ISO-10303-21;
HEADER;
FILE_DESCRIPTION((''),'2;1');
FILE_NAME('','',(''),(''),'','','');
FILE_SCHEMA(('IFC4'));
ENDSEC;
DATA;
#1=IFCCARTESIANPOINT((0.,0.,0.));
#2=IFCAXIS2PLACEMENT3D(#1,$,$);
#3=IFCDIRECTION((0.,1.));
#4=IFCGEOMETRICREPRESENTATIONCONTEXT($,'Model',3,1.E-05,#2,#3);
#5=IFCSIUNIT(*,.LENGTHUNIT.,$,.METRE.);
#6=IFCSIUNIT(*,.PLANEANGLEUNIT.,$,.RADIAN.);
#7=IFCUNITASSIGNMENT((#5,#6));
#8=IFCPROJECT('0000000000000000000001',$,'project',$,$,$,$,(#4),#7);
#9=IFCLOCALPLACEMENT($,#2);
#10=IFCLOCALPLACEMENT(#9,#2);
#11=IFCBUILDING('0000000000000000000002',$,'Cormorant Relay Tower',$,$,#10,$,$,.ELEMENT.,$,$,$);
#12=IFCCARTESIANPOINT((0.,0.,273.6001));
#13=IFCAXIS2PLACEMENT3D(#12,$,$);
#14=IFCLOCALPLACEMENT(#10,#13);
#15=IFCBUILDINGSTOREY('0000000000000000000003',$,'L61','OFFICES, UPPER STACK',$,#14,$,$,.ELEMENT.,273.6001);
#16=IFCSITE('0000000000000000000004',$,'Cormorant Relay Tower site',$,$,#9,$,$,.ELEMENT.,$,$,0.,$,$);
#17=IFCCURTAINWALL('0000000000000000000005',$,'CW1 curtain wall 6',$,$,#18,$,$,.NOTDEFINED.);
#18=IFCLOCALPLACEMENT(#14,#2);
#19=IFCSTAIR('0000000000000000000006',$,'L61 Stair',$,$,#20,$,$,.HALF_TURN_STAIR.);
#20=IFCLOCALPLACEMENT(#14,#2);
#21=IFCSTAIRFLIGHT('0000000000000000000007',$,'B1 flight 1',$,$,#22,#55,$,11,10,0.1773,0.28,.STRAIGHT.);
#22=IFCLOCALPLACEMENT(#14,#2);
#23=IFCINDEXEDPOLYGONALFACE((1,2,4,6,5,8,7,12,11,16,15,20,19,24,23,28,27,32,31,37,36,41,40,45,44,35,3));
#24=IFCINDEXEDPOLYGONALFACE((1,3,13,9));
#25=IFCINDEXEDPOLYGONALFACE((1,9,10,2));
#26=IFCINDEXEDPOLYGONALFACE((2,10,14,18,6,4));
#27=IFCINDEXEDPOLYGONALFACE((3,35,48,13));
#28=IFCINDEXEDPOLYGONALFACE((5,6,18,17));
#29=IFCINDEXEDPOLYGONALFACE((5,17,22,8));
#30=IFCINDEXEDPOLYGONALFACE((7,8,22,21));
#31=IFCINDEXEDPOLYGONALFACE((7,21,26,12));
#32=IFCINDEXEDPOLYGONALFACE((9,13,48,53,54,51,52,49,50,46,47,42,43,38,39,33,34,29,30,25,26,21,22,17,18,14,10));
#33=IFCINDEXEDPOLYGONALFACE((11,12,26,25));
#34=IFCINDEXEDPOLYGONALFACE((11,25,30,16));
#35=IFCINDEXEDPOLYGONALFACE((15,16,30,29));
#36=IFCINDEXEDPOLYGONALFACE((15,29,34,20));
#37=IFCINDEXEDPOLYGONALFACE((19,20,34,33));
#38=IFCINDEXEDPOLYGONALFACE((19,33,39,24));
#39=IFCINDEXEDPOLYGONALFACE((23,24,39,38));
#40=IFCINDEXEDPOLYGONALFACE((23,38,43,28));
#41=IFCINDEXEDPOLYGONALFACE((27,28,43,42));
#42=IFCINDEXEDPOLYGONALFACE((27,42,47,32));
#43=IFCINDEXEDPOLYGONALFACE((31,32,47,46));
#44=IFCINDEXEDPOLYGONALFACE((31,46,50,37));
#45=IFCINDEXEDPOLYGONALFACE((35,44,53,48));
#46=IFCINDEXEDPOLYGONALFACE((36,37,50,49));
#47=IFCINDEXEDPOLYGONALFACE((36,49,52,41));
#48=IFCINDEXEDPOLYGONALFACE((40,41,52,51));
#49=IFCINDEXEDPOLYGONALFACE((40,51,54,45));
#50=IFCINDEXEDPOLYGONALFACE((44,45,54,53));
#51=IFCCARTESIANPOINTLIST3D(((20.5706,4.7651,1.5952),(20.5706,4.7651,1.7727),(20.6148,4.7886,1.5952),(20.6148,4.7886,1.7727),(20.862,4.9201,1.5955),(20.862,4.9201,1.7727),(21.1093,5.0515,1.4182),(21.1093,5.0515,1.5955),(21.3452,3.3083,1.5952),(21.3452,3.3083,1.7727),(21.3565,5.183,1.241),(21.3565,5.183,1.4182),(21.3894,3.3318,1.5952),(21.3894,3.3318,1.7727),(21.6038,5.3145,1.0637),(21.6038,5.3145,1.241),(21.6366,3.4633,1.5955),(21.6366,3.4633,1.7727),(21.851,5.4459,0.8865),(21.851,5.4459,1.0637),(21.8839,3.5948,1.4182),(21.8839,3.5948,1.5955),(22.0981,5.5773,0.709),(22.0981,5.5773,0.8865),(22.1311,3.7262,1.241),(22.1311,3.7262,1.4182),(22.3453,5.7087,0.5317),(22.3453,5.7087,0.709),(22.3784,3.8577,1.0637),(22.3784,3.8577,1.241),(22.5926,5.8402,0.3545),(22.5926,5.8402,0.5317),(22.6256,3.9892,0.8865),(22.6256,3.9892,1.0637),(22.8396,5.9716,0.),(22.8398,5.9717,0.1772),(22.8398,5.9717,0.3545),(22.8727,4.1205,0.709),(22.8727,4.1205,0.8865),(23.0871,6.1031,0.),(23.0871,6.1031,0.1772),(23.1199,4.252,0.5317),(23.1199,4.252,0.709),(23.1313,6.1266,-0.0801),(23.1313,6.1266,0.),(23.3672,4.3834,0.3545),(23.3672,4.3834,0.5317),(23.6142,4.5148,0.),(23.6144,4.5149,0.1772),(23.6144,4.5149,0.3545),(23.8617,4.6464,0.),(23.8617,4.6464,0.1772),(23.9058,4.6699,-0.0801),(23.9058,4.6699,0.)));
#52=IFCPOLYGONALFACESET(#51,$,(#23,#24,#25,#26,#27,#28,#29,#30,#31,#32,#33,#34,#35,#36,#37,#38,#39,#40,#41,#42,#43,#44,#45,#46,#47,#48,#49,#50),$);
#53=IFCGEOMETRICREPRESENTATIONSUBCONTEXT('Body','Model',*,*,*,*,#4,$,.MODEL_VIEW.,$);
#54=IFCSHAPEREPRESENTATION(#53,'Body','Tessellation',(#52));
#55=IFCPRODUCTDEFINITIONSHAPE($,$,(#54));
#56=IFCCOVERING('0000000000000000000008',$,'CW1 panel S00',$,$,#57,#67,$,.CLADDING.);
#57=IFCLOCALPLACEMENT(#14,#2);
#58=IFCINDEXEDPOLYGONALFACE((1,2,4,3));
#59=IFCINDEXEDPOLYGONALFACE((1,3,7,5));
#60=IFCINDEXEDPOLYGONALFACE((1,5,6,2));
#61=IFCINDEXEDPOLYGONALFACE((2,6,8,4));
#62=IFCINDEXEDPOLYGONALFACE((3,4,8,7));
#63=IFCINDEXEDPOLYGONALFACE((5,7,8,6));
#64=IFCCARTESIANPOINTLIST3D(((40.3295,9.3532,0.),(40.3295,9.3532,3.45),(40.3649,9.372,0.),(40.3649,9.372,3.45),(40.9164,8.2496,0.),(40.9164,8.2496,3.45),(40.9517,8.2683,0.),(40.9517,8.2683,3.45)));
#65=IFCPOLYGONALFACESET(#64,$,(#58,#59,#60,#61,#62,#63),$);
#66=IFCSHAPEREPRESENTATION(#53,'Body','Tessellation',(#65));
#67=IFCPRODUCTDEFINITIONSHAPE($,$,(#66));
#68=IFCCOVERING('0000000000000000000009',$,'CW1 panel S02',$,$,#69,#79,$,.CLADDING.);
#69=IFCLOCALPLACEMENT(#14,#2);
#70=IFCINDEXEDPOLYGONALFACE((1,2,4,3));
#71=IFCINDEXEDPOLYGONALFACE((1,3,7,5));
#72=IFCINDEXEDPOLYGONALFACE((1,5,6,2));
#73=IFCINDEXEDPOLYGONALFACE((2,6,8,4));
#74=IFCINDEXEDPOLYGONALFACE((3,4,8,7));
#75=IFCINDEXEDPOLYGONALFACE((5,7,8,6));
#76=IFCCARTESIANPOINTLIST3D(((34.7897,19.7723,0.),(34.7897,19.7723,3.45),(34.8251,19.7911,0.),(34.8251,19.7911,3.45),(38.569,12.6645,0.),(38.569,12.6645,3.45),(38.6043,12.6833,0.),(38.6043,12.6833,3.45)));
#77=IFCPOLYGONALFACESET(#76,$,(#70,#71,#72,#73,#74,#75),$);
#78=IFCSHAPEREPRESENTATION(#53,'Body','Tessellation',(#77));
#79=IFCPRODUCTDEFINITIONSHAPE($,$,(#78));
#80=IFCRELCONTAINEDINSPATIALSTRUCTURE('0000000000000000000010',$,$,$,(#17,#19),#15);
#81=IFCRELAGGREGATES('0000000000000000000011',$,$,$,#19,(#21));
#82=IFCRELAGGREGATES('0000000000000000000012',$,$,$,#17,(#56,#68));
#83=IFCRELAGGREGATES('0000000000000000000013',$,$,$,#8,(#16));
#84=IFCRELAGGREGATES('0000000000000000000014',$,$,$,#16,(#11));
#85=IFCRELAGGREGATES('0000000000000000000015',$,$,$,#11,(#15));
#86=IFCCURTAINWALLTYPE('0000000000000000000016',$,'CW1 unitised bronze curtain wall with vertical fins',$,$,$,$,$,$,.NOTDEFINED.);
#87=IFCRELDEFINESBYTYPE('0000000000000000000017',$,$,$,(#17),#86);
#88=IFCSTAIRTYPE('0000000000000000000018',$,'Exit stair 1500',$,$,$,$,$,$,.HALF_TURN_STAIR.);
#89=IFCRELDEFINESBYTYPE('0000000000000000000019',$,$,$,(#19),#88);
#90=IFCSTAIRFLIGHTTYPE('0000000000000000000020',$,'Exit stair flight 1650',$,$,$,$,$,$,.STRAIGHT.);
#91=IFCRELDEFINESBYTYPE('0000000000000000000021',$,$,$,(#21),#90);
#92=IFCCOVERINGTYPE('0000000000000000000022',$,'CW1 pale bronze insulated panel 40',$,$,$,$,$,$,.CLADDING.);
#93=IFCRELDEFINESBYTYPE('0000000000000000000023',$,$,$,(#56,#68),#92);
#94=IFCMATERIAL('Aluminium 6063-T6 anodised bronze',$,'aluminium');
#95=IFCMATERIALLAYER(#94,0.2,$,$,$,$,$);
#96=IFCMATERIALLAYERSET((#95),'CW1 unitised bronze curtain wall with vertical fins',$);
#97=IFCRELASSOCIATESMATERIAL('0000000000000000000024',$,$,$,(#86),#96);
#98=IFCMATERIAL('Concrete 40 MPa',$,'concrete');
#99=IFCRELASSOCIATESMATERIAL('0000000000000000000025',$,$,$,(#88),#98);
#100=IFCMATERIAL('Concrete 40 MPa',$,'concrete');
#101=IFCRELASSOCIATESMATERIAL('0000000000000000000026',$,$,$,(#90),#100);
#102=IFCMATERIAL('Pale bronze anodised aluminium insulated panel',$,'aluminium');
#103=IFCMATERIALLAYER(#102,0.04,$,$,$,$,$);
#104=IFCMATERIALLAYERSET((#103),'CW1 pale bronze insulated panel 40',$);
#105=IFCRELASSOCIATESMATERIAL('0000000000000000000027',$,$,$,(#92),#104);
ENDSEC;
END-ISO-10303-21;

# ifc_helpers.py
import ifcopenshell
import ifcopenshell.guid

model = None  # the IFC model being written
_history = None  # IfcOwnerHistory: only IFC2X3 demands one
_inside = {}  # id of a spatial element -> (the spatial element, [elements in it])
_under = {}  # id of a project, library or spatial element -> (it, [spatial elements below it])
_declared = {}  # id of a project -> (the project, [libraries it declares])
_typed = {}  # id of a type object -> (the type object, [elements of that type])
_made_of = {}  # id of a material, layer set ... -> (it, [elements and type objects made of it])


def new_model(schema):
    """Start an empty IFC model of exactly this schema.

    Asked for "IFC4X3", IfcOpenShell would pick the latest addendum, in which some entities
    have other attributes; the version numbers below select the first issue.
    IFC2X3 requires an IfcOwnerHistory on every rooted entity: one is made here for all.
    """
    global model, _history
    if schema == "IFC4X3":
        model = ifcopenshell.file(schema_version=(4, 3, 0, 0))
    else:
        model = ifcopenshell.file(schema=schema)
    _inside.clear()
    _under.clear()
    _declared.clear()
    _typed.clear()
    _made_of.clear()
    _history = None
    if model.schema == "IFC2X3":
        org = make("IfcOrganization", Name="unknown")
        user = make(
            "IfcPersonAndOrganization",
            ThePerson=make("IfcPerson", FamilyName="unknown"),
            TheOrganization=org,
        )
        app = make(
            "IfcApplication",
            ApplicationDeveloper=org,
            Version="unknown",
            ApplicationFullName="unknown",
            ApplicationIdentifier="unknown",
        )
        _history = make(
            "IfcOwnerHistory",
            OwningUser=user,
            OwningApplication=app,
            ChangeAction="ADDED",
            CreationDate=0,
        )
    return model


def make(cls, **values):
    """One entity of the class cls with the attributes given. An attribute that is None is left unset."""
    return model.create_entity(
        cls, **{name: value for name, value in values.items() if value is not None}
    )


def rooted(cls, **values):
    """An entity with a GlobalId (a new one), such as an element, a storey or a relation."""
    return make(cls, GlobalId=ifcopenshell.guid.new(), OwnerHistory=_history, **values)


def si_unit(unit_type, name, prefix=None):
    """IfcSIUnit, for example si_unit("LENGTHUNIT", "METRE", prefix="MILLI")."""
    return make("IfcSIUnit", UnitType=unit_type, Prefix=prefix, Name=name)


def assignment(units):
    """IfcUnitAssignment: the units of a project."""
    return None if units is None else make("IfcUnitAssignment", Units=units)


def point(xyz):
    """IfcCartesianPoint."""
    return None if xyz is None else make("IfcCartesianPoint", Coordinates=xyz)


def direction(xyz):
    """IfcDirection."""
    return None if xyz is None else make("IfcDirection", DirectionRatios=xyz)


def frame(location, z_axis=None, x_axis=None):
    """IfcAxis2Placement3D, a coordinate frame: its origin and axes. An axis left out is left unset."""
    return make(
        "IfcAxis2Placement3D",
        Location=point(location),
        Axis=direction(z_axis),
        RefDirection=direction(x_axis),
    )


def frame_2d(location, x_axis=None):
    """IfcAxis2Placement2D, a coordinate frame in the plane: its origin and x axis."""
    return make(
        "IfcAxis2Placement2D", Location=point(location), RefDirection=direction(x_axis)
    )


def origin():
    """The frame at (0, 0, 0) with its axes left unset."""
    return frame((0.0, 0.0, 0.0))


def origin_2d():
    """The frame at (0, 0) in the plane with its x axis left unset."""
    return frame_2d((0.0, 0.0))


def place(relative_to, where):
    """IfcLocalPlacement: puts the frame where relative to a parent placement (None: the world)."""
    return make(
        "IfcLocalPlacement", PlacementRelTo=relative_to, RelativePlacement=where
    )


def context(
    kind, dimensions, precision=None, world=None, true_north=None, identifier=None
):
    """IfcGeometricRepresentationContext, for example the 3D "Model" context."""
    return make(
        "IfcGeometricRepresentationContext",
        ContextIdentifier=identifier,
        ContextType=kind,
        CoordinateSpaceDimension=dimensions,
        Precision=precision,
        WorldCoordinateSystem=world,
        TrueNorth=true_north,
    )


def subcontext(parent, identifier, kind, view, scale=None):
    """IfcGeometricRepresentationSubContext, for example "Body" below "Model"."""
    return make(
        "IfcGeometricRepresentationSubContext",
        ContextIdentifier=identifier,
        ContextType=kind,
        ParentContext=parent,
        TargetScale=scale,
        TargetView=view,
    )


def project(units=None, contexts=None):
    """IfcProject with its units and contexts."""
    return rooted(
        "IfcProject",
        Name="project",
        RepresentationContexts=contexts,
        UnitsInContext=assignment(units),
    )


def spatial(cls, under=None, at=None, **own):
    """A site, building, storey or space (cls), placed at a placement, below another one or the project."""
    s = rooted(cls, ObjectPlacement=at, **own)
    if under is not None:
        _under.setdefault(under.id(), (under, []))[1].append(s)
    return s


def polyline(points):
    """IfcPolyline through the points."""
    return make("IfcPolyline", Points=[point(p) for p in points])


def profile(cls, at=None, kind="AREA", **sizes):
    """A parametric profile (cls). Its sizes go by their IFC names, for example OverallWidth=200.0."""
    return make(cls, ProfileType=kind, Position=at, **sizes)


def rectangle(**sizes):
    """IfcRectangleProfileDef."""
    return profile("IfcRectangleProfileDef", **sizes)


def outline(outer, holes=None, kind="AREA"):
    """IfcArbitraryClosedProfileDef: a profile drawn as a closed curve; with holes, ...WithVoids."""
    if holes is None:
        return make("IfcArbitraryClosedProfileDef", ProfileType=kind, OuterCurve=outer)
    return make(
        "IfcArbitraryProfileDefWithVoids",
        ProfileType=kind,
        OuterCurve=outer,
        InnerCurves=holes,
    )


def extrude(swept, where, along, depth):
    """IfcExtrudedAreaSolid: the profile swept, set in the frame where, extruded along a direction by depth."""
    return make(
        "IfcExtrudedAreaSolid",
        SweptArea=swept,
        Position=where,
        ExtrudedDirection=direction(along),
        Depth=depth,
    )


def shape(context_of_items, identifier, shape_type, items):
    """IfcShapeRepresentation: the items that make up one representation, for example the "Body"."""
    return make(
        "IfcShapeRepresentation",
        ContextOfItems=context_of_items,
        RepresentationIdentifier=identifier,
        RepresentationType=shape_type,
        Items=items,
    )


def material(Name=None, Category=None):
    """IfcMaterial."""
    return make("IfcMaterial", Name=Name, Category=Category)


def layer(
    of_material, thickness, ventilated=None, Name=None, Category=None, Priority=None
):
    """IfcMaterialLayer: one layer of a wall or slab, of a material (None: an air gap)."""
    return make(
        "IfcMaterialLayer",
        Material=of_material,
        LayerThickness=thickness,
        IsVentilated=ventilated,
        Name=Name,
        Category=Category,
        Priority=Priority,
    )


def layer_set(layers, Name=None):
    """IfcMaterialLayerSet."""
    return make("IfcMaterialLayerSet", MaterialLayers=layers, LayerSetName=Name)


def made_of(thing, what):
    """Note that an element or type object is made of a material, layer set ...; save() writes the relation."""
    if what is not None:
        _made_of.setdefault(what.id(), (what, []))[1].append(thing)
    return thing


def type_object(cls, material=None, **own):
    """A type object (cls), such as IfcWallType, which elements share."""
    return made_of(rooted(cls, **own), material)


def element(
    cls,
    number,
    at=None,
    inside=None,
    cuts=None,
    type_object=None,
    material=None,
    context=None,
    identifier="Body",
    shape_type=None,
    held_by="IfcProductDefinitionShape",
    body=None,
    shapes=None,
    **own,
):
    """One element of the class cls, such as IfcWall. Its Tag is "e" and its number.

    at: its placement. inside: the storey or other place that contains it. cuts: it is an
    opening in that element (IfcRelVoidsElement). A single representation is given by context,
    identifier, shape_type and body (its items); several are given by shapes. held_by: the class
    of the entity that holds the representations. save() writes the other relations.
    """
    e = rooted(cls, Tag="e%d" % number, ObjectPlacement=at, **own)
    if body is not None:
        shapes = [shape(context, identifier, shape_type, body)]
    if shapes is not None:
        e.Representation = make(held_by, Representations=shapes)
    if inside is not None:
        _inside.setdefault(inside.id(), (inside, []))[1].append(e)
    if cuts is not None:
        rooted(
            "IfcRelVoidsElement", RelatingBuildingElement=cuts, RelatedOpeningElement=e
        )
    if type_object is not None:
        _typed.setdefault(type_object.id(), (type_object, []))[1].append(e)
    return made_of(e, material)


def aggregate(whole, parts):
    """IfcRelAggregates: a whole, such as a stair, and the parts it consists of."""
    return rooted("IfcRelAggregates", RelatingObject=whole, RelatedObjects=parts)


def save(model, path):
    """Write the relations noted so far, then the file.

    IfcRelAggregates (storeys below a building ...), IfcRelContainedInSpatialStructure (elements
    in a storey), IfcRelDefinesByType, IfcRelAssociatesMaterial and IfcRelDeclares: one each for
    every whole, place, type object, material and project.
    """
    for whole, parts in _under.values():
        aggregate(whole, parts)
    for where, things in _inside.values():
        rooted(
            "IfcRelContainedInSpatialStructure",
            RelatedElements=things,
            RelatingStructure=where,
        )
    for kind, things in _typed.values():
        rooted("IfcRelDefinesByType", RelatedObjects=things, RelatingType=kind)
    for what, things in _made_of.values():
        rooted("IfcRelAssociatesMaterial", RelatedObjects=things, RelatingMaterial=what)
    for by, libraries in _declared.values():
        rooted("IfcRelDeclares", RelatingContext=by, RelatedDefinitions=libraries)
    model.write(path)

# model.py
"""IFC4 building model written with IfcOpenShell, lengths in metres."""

from ifc_helpers import new_model, si_unit, direction, frame, origin, origin_2d, place, context, subcontext, project, spatial, polyline, rectangle, outline, extrude, material, layer, layer_set, type_object, element, aggregate, save


model = new_model("IFC4")

# Units and contexts
model_context = context("Model", 3, precision=1e-05, world=origin(), true_north=direction((0.0, 1.0)))
body_context = subcontext(model_context, "Body", "Model", "MODEL_VIEW")
ifc_project = project(units=[si_unit("LENGTHUNIT", "METRE"), si_unit("PLANEANGLEUNIT", "RADIAN")], contexts=[model_context])

# Site, building, storey
site_placement = place(None, origin())
site = spatial("IfcSite", under=ifc_project, at=site_placement, Name="Cormorant Relay Tower site", CompositionType="ELEMENT", RefElevation=0.0)
building_placement = place(site_placement, origin())
building = spatial("IfcBuilding", under=site, at=building_placement, Name="Cormorant Relay Tower", CompositionType="ELEMENT")
storey_placement = place(building_placement, frame((0.0, 0.0, 273.6001)))
storey = spatial("IfcBuildingStorey", under=building, at=storey_placement, Name="L61", Description="OFFICES, UPPER STACK", CompositionType="ELEMENT", Elevation=273.6001)

# Curtain wall
ifc_material_1 = material(Name="Aluminium 6063-T6 anodised bronze", Category="aluminium")
ifc_layer_1 = layer(ifc_material_1, 0.2)
ifc_layer_set_1 = layer_set([ifc_layer_1], Name="CW1 unitised bronze curtain wall with vertical fins")
curtain_wall_type = type_object("IfcCurtainWallType", Name="CW1 unitised bronze curtain wall with vertical fins", PredefinedType="NOTDEFINED", material=ifc_layer_set_1)
curtain_wall_1_placement = place(storey_placement, origin())
curtain_wall_1 = element("IfcCurtainWall", 1, at=curtain_wall_1_placement, inside=storey, type_object=curtain_wall_type, Name="CW1 curtain wall 6", PredefinedType="NOTDEFINED")

# Stair, stair flight
ifc_material_2 = material(Name="Concrete 40 MPa", Category="concrete")
stair_type = type_object("IfcStairType", Name="Exit stair 1500", PredefinedType="HALF_TURN_STAIR", material=ifc_material_2)
stair_placement = place(storey_placement, origin())
stair = element("IfcStair", 2, at=stair_placement, inside=storey, type_object=stair_type, Name="L61 Stair", PredefinedType="HALF_TURN_STAIR")
ifc_material_3 = material(Name="Concrete 40 MPa", Category="concrete")
stair_flight_type = type_object("IfcStairFlightType", Name="Exit stair flight 1650", PredefinedType="STRAIGHT", material=ifc_material_3)
stair_flight_placement = place(storey_placement, frame((23.4744, 5.3748, 0.0), z_axis=(0.0, 0.0, 1.0), x_axis=(-0.882948, -0.469472, 0.0)))
stair_flight = element("IfcStairFlight", 3, at=stair_flight_placement, type_object=stair_flight_type, Name="B1 flight 1", NumberOfRisers=11, NumberOfTreads=10, PredefinedType="STRAIGHT", RiserHeight=0.1773, TreadLength=0.28, context=body_context, shape_type="SweptSolid", body=[
    extrude(outline(polyline([(-0.05, -0.0801), (-0.05, 0.0), (0.0, 0.0), (0.0, 0.1772), (0.28, 0.1772), (0.28, 0.3545), (0.5601, 0.3545), (0.5601, 0.5317), (0.8401, 0.5317), (0.8401, 0.709), (1.1201, 0.709), (1.1201, 0.8865), (1.3999, 0.8865), (1.3999, 1.0637), (1.6799, 1.0637), (1.6799, 1.241), (1.96, 1.241), (1.96, 1.4182), (2.24, 1.4182), (2.24, 1.5955), (2.52, 1.5955), (2.52, 1.7727), (2.8, 1.7727), (2.8501, 1.7727), (2.8501, 1.5952), (2.8, 1.5952), (0.2803, 0.0), (-0.05, -0.0801)])), frame((0.0, 0.825, 0.0), z_axis=(0.0, -1.0, 0.0), x_axis=(1.0, 0.0, 0.0)), (0.0, 0.0, 1.0), 1.6499),
])
aggregate(stair, [stair_flight])

# Coverings
ifc_material_4 = material(Name="Pale bronze anodised aluminium insulated panel", Category="aluminium")
ifc_layer_2 = layer(ifc_material_4, 0.04)
ifc_layer_set_2 = layer_set([ifc_layer_2], Name="CW1 pale bronze insulated panel 40")
covering_type = type_object("IfcCoveringType", Name="CW1 pale bronze insulated panel 40", PredefinedType="CLADDING", material=ifc_layer_set_2)
covering_1_placement = place(storey_placement, frame((40.6406, 8.8108, 0.0), z_axis=(0.0, 0.0, 1.0), x_axis=(-0.469472, 0.882948, 0.0)))
covering_1 = element("IfcCovering", 4, at=covering_1_placement, type_object=covering_type, Name="CW1 panel S00", PredefinedType="CLADDING", context=body_context, shape_type="SweptSolid", body=[
    extrude(rectangle(XDim=1.25, YDim=0.04, at=origin_2d()), origin(), (0.0, 0.0, 1.0), 3.45),
])
covering_2_placement = place(storey_placement, frame((36.697, 16.2278, 0.0), z_axis=(0.0, 0.0, 1.0), x_axis=(-0.469472, 0.882948, 0.0)))
covering_2 = element("IfcCovering", 5, at=covering_2_placement, type_object=covering_type, Name="CW1 panel S02", PredefinedType="CLADDING", context=body_context, shape_type="SweptSolid", body=[
    extrude(rectangle(XDim=8.05, YDim=0.04, at=origin_2d()), origin(), (0.0, 0.0, 1.0), 3.45),
])
aggregate(curtain_wall_1, [covering_1, covering_2])

save(model, "model.ifc")
